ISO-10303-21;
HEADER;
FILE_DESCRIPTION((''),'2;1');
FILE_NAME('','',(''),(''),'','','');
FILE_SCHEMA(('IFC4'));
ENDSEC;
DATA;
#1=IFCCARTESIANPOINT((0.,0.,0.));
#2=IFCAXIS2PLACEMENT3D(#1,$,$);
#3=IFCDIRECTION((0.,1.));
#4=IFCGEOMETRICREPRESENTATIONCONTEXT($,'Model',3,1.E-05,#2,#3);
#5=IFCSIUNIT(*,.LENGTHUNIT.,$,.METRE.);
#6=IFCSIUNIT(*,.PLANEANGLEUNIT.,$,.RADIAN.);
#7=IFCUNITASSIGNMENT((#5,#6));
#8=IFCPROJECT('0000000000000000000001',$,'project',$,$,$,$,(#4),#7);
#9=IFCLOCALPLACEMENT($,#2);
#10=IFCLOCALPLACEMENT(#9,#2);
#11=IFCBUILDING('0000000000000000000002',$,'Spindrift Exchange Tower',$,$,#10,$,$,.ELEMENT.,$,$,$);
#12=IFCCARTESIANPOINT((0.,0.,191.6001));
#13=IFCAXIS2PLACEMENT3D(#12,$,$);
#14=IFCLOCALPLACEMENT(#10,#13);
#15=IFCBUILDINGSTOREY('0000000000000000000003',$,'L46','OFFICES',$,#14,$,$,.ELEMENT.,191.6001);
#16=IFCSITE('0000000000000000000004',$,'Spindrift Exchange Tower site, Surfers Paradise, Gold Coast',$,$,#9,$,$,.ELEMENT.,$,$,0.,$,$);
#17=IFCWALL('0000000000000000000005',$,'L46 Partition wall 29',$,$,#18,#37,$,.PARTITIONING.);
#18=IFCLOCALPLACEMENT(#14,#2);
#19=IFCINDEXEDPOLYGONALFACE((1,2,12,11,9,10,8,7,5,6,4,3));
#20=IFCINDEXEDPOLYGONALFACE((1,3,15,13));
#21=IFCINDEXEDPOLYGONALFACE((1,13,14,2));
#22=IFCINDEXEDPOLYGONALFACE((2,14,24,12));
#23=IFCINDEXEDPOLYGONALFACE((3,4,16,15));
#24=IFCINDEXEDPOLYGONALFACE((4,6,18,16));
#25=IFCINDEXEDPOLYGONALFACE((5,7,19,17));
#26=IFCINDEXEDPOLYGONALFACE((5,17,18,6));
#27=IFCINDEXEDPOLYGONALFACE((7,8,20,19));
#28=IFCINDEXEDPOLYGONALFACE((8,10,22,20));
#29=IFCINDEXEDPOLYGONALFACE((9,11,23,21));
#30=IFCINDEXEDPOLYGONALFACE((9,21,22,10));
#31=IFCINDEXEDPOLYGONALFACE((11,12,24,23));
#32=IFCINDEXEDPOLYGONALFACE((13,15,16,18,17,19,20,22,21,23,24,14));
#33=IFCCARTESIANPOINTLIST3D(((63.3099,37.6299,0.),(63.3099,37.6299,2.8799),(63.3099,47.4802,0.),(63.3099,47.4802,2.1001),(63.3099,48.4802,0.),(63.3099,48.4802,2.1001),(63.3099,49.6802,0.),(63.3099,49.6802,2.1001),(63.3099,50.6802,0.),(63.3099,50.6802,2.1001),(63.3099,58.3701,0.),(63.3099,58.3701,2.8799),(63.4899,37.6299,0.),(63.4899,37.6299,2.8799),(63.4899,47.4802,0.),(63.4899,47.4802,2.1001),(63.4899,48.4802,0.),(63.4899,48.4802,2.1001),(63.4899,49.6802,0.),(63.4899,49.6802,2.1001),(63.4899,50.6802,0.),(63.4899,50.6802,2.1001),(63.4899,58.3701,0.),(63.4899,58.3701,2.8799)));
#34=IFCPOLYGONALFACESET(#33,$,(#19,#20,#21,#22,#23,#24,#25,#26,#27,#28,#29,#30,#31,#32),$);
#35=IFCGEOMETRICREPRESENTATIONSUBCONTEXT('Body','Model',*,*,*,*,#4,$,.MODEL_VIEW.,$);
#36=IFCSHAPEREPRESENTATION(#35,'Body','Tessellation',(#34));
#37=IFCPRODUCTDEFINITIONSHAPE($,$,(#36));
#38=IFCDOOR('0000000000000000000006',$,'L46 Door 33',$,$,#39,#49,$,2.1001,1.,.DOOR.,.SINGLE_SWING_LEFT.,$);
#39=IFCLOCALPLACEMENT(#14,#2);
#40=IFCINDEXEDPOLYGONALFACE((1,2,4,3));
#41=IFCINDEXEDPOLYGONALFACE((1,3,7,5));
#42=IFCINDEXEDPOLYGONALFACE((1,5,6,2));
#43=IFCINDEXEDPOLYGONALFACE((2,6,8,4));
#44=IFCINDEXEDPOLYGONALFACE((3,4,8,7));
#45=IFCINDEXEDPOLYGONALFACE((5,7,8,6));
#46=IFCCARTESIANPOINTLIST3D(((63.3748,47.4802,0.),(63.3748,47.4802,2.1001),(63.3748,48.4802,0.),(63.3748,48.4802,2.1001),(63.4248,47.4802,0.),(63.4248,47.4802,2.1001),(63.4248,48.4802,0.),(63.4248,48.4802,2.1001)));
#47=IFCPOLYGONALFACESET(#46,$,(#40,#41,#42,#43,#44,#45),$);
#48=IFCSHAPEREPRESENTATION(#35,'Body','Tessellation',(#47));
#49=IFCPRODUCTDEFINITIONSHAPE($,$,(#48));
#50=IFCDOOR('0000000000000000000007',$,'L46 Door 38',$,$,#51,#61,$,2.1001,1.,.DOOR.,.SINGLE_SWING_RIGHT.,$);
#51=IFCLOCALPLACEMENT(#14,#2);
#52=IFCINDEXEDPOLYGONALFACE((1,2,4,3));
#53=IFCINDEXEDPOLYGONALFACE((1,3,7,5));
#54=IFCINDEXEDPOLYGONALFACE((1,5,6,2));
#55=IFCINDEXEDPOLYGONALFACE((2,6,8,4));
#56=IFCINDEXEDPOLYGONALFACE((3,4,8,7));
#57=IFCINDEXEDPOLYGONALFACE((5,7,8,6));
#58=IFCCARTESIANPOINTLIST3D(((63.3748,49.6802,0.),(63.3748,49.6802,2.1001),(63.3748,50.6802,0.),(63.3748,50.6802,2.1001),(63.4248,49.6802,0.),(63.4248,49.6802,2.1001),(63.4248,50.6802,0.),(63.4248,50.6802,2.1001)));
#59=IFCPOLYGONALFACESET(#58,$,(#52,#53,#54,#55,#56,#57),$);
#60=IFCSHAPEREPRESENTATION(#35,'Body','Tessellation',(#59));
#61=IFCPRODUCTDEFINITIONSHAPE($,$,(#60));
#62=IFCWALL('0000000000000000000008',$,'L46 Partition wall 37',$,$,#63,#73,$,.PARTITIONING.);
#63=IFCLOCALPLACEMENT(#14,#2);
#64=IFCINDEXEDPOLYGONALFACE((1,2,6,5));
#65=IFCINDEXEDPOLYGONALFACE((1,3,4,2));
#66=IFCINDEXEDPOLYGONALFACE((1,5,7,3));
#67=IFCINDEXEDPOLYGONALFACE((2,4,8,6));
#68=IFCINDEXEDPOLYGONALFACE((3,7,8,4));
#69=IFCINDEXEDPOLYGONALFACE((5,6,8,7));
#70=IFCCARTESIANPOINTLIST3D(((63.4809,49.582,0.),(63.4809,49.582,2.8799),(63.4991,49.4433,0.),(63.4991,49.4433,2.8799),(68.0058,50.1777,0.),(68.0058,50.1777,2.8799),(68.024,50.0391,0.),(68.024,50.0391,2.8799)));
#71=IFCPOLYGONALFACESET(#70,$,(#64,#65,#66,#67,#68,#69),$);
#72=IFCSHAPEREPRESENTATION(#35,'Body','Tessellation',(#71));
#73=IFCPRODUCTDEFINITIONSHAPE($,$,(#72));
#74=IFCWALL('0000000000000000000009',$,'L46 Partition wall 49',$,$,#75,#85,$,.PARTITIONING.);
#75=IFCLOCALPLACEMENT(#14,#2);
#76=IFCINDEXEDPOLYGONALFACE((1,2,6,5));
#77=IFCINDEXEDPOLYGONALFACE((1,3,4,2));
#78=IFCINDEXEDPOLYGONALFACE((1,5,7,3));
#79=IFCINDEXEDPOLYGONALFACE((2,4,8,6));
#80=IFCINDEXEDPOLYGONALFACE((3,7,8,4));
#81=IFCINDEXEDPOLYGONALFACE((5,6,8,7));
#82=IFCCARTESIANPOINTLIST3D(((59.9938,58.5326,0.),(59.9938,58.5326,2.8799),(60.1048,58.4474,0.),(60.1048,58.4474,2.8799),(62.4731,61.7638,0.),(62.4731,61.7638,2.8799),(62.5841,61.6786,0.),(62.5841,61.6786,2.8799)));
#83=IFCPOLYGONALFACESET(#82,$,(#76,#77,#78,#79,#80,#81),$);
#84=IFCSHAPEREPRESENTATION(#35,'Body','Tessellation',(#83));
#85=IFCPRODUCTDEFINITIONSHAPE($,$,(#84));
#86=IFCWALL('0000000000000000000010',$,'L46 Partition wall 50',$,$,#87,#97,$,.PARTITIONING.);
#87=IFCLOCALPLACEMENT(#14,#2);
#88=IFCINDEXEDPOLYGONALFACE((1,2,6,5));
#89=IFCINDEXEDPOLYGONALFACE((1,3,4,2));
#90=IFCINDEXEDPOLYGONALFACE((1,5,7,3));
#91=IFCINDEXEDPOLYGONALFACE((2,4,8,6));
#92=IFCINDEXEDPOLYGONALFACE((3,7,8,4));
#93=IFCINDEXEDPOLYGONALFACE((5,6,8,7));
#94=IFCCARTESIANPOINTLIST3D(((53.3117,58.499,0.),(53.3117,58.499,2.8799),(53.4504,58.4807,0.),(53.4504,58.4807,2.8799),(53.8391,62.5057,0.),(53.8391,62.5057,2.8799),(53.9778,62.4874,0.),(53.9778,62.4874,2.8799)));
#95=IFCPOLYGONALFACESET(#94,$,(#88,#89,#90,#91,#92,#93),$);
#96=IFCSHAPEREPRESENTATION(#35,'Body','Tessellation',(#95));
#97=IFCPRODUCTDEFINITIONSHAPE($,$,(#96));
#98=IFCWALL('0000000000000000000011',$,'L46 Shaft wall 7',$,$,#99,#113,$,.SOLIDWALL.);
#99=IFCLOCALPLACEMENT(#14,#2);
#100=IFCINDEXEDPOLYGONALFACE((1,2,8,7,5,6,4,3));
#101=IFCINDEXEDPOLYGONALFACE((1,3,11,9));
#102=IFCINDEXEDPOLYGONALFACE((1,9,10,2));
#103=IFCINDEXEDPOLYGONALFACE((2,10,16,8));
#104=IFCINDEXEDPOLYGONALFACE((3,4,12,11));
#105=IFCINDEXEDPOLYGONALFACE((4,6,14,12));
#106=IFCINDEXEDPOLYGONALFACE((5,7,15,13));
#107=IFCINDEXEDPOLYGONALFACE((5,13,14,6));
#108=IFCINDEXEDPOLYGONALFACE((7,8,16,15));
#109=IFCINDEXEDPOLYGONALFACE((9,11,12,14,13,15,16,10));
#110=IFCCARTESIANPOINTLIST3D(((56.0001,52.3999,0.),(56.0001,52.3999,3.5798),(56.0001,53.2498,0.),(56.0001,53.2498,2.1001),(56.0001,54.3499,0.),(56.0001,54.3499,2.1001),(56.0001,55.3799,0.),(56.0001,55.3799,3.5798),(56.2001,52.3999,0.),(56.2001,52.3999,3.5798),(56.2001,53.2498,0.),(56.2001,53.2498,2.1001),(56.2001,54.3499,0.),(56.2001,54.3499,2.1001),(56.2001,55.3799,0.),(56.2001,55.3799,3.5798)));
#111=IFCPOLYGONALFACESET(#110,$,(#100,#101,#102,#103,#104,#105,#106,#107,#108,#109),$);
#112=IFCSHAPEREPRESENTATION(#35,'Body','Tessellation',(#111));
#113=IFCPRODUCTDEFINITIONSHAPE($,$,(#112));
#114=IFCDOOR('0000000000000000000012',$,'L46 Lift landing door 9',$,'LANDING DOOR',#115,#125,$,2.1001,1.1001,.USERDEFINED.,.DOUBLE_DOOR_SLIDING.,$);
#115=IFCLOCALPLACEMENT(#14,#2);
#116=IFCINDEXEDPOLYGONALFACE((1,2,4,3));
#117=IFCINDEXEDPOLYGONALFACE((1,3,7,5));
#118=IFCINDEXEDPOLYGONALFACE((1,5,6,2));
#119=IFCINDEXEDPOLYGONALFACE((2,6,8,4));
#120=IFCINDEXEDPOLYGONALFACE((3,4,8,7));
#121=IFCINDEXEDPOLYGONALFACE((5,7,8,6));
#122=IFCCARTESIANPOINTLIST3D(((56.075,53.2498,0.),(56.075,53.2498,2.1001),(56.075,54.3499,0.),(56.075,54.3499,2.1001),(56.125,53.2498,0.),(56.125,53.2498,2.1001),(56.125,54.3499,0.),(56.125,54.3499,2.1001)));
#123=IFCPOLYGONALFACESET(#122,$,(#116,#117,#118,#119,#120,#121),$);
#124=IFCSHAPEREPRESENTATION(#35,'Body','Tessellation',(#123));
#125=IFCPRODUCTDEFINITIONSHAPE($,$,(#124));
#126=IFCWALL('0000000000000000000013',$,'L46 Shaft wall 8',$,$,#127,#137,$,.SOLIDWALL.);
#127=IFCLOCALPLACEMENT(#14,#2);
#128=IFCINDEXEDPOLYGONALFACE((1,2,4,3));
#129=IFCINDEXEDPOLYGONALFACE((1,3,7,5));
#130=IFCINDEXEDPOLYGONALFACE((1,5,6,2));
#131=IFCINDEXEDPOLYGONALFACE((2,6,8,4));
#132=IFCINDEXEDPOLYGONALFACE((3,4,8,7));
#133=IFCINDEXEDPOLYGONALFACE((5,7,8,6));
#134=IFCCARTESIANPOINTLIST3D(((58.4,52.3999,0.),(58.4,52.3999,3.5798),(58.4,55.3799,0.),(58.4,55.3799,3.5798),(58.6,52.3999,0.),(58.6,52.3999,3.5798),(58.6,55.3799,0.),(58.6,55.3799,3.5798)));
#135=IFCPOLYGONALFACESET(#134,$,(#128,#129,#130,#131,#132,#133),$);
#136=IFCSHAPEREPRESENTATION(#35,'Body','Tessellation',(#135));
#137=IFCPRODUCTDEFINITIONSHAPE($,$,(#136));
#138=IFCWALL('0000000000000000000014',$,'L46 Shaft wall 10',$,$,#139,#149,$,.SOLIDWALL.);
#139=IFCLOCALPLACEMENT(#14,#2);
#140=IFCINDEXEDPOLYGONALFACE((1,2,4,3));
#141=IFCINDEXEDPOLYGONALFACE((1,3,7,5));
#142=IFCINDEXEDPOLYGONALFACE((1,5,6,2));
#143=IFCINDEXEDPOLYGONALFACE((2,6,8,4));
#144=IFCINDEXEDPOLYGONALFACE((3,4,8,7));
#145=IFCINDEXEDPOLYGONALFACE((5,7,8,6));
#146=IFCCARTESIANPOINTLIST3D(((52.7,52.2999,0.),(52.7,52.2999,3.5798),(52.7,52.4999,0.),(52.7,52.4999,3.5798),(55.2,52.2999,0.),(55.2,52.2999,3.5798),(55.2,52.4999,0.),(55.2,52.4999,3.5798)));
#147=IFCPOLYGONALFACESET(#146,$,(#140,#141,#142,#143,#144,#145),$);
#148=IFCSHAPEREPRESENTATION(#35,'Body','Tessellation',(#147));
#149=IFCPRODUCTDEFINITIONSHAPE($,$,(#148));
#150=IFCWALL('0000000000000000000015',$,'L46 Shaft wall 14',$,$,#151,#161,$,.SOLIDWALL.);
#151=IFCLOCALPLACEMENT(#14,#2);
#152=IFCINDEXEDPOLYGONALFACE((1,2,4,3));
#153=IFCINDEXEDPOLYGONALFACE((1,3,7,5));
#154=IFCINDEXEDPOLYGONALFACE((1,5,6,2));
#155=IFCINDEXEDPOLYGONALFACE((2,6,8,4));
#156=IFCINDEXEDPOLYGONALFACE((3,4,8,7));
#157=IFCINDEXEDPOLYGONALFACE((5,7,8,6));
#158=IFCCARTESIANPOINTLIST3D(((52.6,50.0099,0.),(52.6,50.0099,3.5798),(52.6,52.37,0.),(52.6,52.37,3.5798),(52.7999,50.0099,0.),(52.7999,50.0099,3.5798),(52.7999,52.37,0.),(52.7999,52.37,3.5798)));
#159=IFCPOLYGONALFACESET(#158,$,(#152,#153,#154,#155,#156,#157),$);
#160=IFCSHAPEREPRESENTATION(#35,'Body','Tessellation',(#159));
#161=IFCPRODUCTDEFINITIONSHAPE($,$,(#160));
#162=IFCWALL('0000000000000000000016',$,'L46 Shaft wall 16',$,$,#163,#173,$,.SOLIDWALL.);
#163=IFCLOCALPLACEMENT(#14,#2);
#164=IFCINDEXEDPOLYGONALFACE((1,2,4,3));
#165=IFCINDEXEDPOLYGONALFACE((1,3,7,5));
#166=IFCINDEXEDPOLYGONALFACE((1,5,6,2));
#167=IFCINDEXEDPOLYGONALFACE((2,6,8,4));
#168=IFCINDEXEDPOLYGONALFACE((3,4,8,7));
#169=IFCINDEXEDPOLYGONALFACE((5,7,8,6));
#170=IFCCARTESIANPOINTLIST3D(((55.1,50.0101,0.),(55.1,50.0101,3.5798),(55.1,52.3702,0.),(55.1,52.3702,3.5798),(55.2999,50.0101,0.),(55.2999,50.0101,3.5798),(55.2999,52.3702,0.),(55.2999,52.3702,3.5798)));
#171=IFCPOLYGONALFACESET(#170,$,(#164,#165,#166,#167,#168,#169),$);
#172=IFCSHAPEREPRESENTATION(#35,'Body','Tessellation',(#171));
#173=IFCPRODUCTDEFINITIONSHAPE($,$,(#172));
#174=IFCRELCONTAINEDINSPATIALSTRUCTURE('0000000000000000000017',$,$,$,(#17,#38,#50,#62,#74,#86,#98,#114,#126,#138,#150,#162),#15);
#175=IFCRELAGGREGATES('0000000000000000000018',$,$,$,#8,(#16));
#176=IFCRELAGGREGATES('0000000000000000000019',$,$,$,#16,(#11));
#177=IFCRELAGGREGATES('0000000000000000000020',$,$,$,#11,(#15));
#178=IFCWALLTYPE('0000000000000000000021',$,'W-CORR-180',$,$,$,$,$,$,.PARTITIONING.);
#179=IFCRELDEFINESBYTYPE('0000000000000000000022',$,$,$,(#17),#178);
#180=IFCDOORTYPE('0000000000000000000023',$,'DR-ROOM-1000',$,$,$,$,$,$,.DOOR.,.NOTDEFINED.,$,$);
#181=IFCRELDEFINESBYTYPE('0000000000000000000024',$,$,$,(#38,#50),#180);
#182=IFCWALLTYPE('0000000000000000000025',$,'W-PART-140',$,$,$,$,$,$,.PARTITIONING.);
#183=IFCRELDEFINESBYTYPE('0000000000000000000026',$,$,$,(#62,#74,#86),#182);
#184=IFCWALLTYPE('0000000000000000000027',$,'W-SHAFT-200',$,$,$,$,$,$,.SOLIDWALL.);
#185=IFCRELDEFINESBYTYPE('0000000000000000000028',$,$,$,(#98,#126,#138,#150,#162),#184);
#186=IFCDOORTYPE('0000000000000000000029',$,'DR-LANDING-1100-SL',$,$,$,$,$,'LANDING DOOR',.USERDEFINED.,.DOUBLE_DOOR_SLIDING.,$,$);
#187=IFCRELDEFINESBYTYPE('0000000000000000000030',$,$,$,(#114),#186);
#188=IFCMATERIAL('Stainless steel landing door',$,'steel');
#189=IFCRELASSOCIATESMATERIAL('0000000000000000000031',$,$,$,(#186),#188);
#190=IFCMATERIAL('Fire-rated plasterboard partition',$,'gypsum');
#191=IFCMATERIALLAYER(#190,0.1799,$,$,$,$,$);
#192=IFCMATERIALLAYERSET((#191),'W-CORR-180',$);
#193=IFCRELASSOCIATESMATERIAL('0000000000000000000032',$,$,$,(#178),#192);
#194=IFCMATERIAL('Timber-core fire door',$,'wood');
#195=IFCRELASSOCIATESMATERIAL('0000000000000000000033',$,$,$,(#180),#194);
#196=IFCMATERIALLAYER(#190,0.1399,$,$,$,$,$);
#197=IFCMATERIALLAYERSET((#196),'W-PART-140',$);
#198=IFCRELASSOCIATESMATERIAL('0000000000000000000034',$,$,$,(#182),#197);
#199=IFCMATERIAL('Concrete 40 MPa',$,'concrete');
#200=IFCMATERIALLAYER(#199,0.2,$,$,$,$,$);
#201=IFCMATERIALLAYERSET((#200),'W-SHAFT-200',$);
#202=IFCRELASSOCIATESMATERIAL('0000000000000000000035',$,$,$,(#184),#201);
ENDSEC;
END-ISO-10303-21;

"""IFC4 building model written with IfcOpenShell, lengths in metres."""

from ifc_helpers import new_model, si_unit, direction, frame, frame_2d, origin, place, context, subcontext, project, spatial, rectangle, extrude, source, transform, mapped, material, layer, layer_set, type_object, element, fill, save


model = new_model("IFC4")

# Units and contexts
model_context = context("Model", 3, precision=1e-05, world=origin(), true_north=direction((0.0, 1.0)))
body_context = subcontext(model_context, "Body", "Model", "MODEL_VIEW")
ifc_project = project(units=[si_unit("LENGTHUNIT", "METRE"), si_unit("PLANEANGLEUNIT", "RADIAN")], contexts=[model_context])

# Site, building, storey
site_placement = place(None, origin())
site = spatial("IfcSite", under=ifc_project, at=site_placement, Name="Spindrift Exchange Tower site, Surfers Paradise, Gold Coast", CompositionType="ELEMENT", RefElevation=0.0)
building_placement = place(site_placement, origin())
building = spatial("IfcBuilding", under=site, at=building_placement, Name="Spindrift Exchange Tower", CompositionType="ELEMENT")
storey_placement = place(building_placement, frame((0.0, 0.0, 191.6001)))
storey = spatial("IfcBuildingStorey", under=building, at=storey_placement, Name="L46", Description="OFFICES", CompositionType="ELEMENT", Elevation=191.6001)

# Wall, openings, doors
ifc_material_1 = material(Name="Stainless steel landing door", Category="steel")
door_type_1 = type_object("IfcDoorType", Name="DR-LANDING-1100-SL", ElementType="LANDING DOOR", OperationType="DOUBLE_DOOR_SLIDING", PredefinedType="USERDEFINED", material=ifc_material_1)
shared_shape_1 = source(origin(), body_context, "Body", "SweptSolid", [
    extrude(rectangle(XDim=1.1001, YDim=2.1001, at=frame_2d((0.55, 1.05))), frame((0.0, 0.0249, 0.0), z_axis=(0.0, -1.0, 0.0), x_axis=(1.0, 0.0, 0.0)), (0.0, 0.0, 1.0), 0.05),
])
ifc_material_2 = material(Name="Timber-core fire door", Category="wood")
ifc_material_3 = material(Name="Fire-rated plasterboard partition", Category="gypsum")
ifc_layer_1 = layer(ifc_material_3, 0.1799)
ifc_layer_set_1 = layer_set([ifc_layer_1], Name="W-CORR-180")
wall_type_1 = type_object("IfcWallType", Name="W-CORR-180", PredefinedType="PARTITIONING", material=ifc_layer_set_1)
wall_1_placement = place(storey_placement, frame((63.3999, 58.3701, 0.0), z_axis=(0.0, 0.0, 1.0), x_axis=(0.0, -1.0, 0.0)))
wall_1 = element("IfcWall", 1, at=wall_1_placement, inside=storey, type_object=wall_type_1, Name="L46 Partition wall 29", PredefinedType="PARTITIONING", context=body_context, shape_type="SweptSolid", body=[
    extrude(rectangle(XDim=20.7402, YDim=0.1799, at=frame_2d((10.3701, 0.0))), origin(), (0.0, 0.0, 1.0), 2.8799),
])
opening_1_placement = place(wall_1_placement, frame((9.8899, 0.0, 0.0)))
opening_1 = element("IfcOpeningElement", 2, at=opening_1_placement, cuts=wall_1, PredefinedType="OPENING", context=body_context, shape_type="SweptSolid", body=[
    extrude(rectangle(XDim=1.0, YDim=2.1001, at=frame_2d((0.5, 1.05))), frame((0.0, 0.0999, 0.0), z_axis=(0.0, -1.0, 0.0), x_axis=(1.0, 0.0, 0.0)), (0.0, 0.0, 1.0), 0.2),
])
opening_2_placement = place(wall_1_placement, frame((7.6899, 0.0, 0.0)))
opening_2 = element("IfcOpeningElement", 3, at=opening_2_placement, cuts=wall_1, PredefinedType="OPENING", context=body_context, shape_type="SweptSolid", body=[
    extrude(rectangle(XDim=1.0, YDim=2.1001, at=frame_2d((0.5, 1.05))), frame((0.0, 0.0999, 0.0), z_axis=(0.0, -1.0, 0.0), x_axis=(1.0, 0.0, 0.0)), (0.0, 0.0, 1.0), 0.2),
])
door_type_2 = type_object("IfcDoorType", Name="DR-ROOM-1000", OperationType="NOTDEFINED", PredefinedType="DOOR", material=ifc_material_2)
shared_shape_2 = source(origin(), body_context, "Body", "SweptSolid", [
    extrude(rectangle(XDim=1.0, YDim=2.1001, at=frame_2d((0.5, 1.05))), frame((0.0, 0.0249, 0.0), z_axis=(0.0, -1.0, 0.0), x_axis=(1.0, 0.0, 0.0)), (0.0, 0.0, 1.0), 0.05),
])
door_1_placement = place(opening_1_placement, origin())
door_1 = element("IfcDoor", 4, at=door_1_placement, inside=storey, type_object=door_type_2, Name="L46 Door 33", OperationType="SINGLE_SWING_LEFT", OverallHeight=2.1001, OverallWidth=1.0, PredefinedType="DOOR", context=body_context, shape_type="MappedRepresentation", body=[
    mapped(shared_shape_2, transform((0.0, 0.0, 0.0), scale=1.0)),
])
fill(opening_1, door_1)
door_2_placement = place(opening_2_placement, origin())
door_2 = element("IfcDoor", 5, at=door_2_placement, inside=storey, type_object=door_type_2, Name="L46 Door 38", OperationType="SINGLE_SWING_RIGHT", OverallHeight=2.1001, OverallWidth=1.0, PredefinedType="DOOR", context=body_context, shape_type="MappedRepresentation", body=[
    mapped(shared_shape_2, transform((0.0, 0.0, 0.0), scale=1.0)),
])
fill(opening_2, door_2)

# Walls
ifc_layer_2 = layer(ifc_material_3, 0.1399)
ifc_layer_set_2 = layer_set([ifc_layer_2], Name="W-PART-140")
wall_type_2 = type_object("IfcWallType", Name="W-PART-140", PredefinedType="PARTITIONING", material=ifc_layer_set_2)
wall_2_placement = place(storey_placement, frame((63.49, 49.5127, 0.0), z_axis=(0.0, 0.0, 1.0), x_axis=(0.991445, 0.130524, 0.0)))
element("IfcWall", 6, at=wall_2_placement, inside=storey, type_object=wall_type_2, Name="L46 Partition wall 37", PredefinedType="PARTITIONING", context=body_context, shape_type="SweptSolid", body=[
    extrude(rectangle(XDim=4.564, YDim=0.1399, at=frame_2d((2.282, 0.0))), origin(), (0.0, 0.0, 1.0), 2.8799),
])
wall_3_placement = place(storey_placement, frame((60.0493, 58.49, 0.0), z_axis=(0.0, 0.0, 1.0), x_axis=(0.60874, 0.79337, 0.0)))
element("IfcWall", 7, at=wall_3_placement, inside=storey, type_object=wall_type_2, Name="L46 Partition wall 49", PredefinedType="PARTITIONING", context=body_context, shape_type="SweptSolid", body=[
    extrude(rectangle(XDim=4.0728, YDim=0.1399, at=frame_2d((2.0364, 0.0))), origin(), (0.0, 0.0, 1.0), 2.8799),
])
wall_4_placement = place(storey_placement, frame((53.3811, 58.49, 0.0), z_axis=(0.0, 0.0, 1.0), x_axis=(0.130494, 0.991449, 0.0)))
element("IfcWall", 8, at=wall_4_placement, inside=storey, type_object=wall_type_2, Name="L46 Partition wall 50", PredefinedType="PARTITIONING", context=body_context, shape_type="SweptSolid", body=[
    extrude(rectangle(XDim=4.0413, YDim=0.1399, at=frame_2d((2.0205, 0.0))), origin(), (0.0, 0.0, 1.0), 2.8799),
])

# Wall, opening, door
ifc_material_4 = material(Name="Concrete 40 MPa", Category="concrete")
ifc_layer_3 = layer(ifc_material_4, 0.2)
ifc_layer_set_3 = layer_set([ifc_layer_3], Name="W-SHAFT-200")
wall_type_3 = type_object("IfcWallType", Name="W-SHAFT-200", PredefinedType="SOLIDWALL", material=ifc_layer_set_3)
wall_5_placement = place(storey_placement, frame((56.1001, 55.3799, 0.0), z_axis=(0.0, 0.0, 1.0), x_axis=(0.0, -1.0, 0.0)))
wall_5 = element("IfcWall", 9, at=wall_5_placement, inside=storey, type_object=wall_type_3, Name="L46 Shaft wall 7", PredefinedType="SOLIDWALL", context=body_context, shape_type="SweptSolid", body=[
    extrude(rectangle(XDim=2.98, YDim=0.2, at=frame_2d((1.49, 0.0))), origin(), (0.0, 0.0, 1.0), 3.5798),
])
opening_3_placement = place(wall_5_placement, frame((1.03, 0.0, 0.0)))
opening_3 = element("IfcOpeningElement", 10, at=opening_3_placement, cuts=wall_5, PredefinedType="OPENING", context=body_context, shape_type="SweptSolid", body=[
    extrude(rectangle(XDim=1.1001, YDim=2.1001, at=frame_2d((0.55, 1.05))), frame((0.0, 0.1099, 0.0), z_axis=(0.0, -1.0, 0.0), x_axis=(1.0, 0.0, 0.0)), (0.0, 0.0, 1.0), 0.22),
])
door_3_placement = place(opening_3_placement, origin())
door_3 = element("IfcDoor", 11, at=door_3_placement, inside=storey, type_object=door_type_1, Name="L46 Lift landing door 9", ObjectType="LANDING DOOR", OperationType="DOUBLE_DOOR_SLIDING", OverallHeight=2.1001, OverallWidth=1.1001, PredefinedType="USERDEFINED", context=body_context, shape_type="MappedRepresentation", body=[
    mapped(shared_shape_1, transform((0.0, 0.0, 0.0), scale=1.0)),
])
fill(opening_3, door_3)

# Walls
wall_6_placement = place(storey_placement, frame((58.5, 52.3999, 0.0), z_axis=(0.0, 0.0, 1.0), x_axis=(0.0, 1.0, 0.0)))
element("IfcWall", 12, at=wall_6_placement, inside=storey, type_object=wall_type_3, Name="L46 Shaft wall 8", PredefinedType="SOLIDWALL", context=body_context, shape_type="SweptSolid", body=[
    extrude(rectangle(XDim=2.98, YDim=0.2, at=frame_2d((1.49, 0.0))), origin(), (0.0, 0.0, 1.0), 3.5798),
])
wall_7_placement = place(storey_placement, frame((55.2, 52.3999, 0.0), z_axis=(0.0, 0.0, 1.0), x_axis=(-1.0, 0.0, 0.0)))
element("IfcWall", 13, at=wall_7_placement, inside=storey, type_object=wall_type_3, Name="L46 Shaft wall 10", PredefinedType="SOLIDWALL", context=body_context, shape_type="SweptSolid", body=[
    extrude(rectangle(XDim=2.5, YDim=0.2, at=frame_2d((1.25, 0.0))), origin(), (0.0, 0.0, 1.0), 3.5798),
])
for number, where, z_axis, x_axis, name in (
    (14, (52.7, 52.3701, 0.0), (0.0, 0.0, 1.0), (0.0, -1.0, 0.0), "L46 Shaft wall 14"),
    (15, (55.2, 50.01, 0.0), (0.0, 0.0, 1.0), (0.0, 1.0, 0.0), "L46 Shaft wall 16"),
):
    element("IfcWall", number, at=place(storey_placement, frame(where, z_axis=z_axis, x_axis=x_axis)), inside=storey, type_object=wall_type_3, Name=name, PredefinedType="SOLIDWALL", context=body_context, shape_type="SweptSolid", body=[
        extrude(rectangle(XDim=2.3601, YDim=0.2, at=frame_2d((1.1802, 0.0))), origin(), (0.0, 0.0, 1.0), 3.5798),
    ])

save(model, "model.ifc")
